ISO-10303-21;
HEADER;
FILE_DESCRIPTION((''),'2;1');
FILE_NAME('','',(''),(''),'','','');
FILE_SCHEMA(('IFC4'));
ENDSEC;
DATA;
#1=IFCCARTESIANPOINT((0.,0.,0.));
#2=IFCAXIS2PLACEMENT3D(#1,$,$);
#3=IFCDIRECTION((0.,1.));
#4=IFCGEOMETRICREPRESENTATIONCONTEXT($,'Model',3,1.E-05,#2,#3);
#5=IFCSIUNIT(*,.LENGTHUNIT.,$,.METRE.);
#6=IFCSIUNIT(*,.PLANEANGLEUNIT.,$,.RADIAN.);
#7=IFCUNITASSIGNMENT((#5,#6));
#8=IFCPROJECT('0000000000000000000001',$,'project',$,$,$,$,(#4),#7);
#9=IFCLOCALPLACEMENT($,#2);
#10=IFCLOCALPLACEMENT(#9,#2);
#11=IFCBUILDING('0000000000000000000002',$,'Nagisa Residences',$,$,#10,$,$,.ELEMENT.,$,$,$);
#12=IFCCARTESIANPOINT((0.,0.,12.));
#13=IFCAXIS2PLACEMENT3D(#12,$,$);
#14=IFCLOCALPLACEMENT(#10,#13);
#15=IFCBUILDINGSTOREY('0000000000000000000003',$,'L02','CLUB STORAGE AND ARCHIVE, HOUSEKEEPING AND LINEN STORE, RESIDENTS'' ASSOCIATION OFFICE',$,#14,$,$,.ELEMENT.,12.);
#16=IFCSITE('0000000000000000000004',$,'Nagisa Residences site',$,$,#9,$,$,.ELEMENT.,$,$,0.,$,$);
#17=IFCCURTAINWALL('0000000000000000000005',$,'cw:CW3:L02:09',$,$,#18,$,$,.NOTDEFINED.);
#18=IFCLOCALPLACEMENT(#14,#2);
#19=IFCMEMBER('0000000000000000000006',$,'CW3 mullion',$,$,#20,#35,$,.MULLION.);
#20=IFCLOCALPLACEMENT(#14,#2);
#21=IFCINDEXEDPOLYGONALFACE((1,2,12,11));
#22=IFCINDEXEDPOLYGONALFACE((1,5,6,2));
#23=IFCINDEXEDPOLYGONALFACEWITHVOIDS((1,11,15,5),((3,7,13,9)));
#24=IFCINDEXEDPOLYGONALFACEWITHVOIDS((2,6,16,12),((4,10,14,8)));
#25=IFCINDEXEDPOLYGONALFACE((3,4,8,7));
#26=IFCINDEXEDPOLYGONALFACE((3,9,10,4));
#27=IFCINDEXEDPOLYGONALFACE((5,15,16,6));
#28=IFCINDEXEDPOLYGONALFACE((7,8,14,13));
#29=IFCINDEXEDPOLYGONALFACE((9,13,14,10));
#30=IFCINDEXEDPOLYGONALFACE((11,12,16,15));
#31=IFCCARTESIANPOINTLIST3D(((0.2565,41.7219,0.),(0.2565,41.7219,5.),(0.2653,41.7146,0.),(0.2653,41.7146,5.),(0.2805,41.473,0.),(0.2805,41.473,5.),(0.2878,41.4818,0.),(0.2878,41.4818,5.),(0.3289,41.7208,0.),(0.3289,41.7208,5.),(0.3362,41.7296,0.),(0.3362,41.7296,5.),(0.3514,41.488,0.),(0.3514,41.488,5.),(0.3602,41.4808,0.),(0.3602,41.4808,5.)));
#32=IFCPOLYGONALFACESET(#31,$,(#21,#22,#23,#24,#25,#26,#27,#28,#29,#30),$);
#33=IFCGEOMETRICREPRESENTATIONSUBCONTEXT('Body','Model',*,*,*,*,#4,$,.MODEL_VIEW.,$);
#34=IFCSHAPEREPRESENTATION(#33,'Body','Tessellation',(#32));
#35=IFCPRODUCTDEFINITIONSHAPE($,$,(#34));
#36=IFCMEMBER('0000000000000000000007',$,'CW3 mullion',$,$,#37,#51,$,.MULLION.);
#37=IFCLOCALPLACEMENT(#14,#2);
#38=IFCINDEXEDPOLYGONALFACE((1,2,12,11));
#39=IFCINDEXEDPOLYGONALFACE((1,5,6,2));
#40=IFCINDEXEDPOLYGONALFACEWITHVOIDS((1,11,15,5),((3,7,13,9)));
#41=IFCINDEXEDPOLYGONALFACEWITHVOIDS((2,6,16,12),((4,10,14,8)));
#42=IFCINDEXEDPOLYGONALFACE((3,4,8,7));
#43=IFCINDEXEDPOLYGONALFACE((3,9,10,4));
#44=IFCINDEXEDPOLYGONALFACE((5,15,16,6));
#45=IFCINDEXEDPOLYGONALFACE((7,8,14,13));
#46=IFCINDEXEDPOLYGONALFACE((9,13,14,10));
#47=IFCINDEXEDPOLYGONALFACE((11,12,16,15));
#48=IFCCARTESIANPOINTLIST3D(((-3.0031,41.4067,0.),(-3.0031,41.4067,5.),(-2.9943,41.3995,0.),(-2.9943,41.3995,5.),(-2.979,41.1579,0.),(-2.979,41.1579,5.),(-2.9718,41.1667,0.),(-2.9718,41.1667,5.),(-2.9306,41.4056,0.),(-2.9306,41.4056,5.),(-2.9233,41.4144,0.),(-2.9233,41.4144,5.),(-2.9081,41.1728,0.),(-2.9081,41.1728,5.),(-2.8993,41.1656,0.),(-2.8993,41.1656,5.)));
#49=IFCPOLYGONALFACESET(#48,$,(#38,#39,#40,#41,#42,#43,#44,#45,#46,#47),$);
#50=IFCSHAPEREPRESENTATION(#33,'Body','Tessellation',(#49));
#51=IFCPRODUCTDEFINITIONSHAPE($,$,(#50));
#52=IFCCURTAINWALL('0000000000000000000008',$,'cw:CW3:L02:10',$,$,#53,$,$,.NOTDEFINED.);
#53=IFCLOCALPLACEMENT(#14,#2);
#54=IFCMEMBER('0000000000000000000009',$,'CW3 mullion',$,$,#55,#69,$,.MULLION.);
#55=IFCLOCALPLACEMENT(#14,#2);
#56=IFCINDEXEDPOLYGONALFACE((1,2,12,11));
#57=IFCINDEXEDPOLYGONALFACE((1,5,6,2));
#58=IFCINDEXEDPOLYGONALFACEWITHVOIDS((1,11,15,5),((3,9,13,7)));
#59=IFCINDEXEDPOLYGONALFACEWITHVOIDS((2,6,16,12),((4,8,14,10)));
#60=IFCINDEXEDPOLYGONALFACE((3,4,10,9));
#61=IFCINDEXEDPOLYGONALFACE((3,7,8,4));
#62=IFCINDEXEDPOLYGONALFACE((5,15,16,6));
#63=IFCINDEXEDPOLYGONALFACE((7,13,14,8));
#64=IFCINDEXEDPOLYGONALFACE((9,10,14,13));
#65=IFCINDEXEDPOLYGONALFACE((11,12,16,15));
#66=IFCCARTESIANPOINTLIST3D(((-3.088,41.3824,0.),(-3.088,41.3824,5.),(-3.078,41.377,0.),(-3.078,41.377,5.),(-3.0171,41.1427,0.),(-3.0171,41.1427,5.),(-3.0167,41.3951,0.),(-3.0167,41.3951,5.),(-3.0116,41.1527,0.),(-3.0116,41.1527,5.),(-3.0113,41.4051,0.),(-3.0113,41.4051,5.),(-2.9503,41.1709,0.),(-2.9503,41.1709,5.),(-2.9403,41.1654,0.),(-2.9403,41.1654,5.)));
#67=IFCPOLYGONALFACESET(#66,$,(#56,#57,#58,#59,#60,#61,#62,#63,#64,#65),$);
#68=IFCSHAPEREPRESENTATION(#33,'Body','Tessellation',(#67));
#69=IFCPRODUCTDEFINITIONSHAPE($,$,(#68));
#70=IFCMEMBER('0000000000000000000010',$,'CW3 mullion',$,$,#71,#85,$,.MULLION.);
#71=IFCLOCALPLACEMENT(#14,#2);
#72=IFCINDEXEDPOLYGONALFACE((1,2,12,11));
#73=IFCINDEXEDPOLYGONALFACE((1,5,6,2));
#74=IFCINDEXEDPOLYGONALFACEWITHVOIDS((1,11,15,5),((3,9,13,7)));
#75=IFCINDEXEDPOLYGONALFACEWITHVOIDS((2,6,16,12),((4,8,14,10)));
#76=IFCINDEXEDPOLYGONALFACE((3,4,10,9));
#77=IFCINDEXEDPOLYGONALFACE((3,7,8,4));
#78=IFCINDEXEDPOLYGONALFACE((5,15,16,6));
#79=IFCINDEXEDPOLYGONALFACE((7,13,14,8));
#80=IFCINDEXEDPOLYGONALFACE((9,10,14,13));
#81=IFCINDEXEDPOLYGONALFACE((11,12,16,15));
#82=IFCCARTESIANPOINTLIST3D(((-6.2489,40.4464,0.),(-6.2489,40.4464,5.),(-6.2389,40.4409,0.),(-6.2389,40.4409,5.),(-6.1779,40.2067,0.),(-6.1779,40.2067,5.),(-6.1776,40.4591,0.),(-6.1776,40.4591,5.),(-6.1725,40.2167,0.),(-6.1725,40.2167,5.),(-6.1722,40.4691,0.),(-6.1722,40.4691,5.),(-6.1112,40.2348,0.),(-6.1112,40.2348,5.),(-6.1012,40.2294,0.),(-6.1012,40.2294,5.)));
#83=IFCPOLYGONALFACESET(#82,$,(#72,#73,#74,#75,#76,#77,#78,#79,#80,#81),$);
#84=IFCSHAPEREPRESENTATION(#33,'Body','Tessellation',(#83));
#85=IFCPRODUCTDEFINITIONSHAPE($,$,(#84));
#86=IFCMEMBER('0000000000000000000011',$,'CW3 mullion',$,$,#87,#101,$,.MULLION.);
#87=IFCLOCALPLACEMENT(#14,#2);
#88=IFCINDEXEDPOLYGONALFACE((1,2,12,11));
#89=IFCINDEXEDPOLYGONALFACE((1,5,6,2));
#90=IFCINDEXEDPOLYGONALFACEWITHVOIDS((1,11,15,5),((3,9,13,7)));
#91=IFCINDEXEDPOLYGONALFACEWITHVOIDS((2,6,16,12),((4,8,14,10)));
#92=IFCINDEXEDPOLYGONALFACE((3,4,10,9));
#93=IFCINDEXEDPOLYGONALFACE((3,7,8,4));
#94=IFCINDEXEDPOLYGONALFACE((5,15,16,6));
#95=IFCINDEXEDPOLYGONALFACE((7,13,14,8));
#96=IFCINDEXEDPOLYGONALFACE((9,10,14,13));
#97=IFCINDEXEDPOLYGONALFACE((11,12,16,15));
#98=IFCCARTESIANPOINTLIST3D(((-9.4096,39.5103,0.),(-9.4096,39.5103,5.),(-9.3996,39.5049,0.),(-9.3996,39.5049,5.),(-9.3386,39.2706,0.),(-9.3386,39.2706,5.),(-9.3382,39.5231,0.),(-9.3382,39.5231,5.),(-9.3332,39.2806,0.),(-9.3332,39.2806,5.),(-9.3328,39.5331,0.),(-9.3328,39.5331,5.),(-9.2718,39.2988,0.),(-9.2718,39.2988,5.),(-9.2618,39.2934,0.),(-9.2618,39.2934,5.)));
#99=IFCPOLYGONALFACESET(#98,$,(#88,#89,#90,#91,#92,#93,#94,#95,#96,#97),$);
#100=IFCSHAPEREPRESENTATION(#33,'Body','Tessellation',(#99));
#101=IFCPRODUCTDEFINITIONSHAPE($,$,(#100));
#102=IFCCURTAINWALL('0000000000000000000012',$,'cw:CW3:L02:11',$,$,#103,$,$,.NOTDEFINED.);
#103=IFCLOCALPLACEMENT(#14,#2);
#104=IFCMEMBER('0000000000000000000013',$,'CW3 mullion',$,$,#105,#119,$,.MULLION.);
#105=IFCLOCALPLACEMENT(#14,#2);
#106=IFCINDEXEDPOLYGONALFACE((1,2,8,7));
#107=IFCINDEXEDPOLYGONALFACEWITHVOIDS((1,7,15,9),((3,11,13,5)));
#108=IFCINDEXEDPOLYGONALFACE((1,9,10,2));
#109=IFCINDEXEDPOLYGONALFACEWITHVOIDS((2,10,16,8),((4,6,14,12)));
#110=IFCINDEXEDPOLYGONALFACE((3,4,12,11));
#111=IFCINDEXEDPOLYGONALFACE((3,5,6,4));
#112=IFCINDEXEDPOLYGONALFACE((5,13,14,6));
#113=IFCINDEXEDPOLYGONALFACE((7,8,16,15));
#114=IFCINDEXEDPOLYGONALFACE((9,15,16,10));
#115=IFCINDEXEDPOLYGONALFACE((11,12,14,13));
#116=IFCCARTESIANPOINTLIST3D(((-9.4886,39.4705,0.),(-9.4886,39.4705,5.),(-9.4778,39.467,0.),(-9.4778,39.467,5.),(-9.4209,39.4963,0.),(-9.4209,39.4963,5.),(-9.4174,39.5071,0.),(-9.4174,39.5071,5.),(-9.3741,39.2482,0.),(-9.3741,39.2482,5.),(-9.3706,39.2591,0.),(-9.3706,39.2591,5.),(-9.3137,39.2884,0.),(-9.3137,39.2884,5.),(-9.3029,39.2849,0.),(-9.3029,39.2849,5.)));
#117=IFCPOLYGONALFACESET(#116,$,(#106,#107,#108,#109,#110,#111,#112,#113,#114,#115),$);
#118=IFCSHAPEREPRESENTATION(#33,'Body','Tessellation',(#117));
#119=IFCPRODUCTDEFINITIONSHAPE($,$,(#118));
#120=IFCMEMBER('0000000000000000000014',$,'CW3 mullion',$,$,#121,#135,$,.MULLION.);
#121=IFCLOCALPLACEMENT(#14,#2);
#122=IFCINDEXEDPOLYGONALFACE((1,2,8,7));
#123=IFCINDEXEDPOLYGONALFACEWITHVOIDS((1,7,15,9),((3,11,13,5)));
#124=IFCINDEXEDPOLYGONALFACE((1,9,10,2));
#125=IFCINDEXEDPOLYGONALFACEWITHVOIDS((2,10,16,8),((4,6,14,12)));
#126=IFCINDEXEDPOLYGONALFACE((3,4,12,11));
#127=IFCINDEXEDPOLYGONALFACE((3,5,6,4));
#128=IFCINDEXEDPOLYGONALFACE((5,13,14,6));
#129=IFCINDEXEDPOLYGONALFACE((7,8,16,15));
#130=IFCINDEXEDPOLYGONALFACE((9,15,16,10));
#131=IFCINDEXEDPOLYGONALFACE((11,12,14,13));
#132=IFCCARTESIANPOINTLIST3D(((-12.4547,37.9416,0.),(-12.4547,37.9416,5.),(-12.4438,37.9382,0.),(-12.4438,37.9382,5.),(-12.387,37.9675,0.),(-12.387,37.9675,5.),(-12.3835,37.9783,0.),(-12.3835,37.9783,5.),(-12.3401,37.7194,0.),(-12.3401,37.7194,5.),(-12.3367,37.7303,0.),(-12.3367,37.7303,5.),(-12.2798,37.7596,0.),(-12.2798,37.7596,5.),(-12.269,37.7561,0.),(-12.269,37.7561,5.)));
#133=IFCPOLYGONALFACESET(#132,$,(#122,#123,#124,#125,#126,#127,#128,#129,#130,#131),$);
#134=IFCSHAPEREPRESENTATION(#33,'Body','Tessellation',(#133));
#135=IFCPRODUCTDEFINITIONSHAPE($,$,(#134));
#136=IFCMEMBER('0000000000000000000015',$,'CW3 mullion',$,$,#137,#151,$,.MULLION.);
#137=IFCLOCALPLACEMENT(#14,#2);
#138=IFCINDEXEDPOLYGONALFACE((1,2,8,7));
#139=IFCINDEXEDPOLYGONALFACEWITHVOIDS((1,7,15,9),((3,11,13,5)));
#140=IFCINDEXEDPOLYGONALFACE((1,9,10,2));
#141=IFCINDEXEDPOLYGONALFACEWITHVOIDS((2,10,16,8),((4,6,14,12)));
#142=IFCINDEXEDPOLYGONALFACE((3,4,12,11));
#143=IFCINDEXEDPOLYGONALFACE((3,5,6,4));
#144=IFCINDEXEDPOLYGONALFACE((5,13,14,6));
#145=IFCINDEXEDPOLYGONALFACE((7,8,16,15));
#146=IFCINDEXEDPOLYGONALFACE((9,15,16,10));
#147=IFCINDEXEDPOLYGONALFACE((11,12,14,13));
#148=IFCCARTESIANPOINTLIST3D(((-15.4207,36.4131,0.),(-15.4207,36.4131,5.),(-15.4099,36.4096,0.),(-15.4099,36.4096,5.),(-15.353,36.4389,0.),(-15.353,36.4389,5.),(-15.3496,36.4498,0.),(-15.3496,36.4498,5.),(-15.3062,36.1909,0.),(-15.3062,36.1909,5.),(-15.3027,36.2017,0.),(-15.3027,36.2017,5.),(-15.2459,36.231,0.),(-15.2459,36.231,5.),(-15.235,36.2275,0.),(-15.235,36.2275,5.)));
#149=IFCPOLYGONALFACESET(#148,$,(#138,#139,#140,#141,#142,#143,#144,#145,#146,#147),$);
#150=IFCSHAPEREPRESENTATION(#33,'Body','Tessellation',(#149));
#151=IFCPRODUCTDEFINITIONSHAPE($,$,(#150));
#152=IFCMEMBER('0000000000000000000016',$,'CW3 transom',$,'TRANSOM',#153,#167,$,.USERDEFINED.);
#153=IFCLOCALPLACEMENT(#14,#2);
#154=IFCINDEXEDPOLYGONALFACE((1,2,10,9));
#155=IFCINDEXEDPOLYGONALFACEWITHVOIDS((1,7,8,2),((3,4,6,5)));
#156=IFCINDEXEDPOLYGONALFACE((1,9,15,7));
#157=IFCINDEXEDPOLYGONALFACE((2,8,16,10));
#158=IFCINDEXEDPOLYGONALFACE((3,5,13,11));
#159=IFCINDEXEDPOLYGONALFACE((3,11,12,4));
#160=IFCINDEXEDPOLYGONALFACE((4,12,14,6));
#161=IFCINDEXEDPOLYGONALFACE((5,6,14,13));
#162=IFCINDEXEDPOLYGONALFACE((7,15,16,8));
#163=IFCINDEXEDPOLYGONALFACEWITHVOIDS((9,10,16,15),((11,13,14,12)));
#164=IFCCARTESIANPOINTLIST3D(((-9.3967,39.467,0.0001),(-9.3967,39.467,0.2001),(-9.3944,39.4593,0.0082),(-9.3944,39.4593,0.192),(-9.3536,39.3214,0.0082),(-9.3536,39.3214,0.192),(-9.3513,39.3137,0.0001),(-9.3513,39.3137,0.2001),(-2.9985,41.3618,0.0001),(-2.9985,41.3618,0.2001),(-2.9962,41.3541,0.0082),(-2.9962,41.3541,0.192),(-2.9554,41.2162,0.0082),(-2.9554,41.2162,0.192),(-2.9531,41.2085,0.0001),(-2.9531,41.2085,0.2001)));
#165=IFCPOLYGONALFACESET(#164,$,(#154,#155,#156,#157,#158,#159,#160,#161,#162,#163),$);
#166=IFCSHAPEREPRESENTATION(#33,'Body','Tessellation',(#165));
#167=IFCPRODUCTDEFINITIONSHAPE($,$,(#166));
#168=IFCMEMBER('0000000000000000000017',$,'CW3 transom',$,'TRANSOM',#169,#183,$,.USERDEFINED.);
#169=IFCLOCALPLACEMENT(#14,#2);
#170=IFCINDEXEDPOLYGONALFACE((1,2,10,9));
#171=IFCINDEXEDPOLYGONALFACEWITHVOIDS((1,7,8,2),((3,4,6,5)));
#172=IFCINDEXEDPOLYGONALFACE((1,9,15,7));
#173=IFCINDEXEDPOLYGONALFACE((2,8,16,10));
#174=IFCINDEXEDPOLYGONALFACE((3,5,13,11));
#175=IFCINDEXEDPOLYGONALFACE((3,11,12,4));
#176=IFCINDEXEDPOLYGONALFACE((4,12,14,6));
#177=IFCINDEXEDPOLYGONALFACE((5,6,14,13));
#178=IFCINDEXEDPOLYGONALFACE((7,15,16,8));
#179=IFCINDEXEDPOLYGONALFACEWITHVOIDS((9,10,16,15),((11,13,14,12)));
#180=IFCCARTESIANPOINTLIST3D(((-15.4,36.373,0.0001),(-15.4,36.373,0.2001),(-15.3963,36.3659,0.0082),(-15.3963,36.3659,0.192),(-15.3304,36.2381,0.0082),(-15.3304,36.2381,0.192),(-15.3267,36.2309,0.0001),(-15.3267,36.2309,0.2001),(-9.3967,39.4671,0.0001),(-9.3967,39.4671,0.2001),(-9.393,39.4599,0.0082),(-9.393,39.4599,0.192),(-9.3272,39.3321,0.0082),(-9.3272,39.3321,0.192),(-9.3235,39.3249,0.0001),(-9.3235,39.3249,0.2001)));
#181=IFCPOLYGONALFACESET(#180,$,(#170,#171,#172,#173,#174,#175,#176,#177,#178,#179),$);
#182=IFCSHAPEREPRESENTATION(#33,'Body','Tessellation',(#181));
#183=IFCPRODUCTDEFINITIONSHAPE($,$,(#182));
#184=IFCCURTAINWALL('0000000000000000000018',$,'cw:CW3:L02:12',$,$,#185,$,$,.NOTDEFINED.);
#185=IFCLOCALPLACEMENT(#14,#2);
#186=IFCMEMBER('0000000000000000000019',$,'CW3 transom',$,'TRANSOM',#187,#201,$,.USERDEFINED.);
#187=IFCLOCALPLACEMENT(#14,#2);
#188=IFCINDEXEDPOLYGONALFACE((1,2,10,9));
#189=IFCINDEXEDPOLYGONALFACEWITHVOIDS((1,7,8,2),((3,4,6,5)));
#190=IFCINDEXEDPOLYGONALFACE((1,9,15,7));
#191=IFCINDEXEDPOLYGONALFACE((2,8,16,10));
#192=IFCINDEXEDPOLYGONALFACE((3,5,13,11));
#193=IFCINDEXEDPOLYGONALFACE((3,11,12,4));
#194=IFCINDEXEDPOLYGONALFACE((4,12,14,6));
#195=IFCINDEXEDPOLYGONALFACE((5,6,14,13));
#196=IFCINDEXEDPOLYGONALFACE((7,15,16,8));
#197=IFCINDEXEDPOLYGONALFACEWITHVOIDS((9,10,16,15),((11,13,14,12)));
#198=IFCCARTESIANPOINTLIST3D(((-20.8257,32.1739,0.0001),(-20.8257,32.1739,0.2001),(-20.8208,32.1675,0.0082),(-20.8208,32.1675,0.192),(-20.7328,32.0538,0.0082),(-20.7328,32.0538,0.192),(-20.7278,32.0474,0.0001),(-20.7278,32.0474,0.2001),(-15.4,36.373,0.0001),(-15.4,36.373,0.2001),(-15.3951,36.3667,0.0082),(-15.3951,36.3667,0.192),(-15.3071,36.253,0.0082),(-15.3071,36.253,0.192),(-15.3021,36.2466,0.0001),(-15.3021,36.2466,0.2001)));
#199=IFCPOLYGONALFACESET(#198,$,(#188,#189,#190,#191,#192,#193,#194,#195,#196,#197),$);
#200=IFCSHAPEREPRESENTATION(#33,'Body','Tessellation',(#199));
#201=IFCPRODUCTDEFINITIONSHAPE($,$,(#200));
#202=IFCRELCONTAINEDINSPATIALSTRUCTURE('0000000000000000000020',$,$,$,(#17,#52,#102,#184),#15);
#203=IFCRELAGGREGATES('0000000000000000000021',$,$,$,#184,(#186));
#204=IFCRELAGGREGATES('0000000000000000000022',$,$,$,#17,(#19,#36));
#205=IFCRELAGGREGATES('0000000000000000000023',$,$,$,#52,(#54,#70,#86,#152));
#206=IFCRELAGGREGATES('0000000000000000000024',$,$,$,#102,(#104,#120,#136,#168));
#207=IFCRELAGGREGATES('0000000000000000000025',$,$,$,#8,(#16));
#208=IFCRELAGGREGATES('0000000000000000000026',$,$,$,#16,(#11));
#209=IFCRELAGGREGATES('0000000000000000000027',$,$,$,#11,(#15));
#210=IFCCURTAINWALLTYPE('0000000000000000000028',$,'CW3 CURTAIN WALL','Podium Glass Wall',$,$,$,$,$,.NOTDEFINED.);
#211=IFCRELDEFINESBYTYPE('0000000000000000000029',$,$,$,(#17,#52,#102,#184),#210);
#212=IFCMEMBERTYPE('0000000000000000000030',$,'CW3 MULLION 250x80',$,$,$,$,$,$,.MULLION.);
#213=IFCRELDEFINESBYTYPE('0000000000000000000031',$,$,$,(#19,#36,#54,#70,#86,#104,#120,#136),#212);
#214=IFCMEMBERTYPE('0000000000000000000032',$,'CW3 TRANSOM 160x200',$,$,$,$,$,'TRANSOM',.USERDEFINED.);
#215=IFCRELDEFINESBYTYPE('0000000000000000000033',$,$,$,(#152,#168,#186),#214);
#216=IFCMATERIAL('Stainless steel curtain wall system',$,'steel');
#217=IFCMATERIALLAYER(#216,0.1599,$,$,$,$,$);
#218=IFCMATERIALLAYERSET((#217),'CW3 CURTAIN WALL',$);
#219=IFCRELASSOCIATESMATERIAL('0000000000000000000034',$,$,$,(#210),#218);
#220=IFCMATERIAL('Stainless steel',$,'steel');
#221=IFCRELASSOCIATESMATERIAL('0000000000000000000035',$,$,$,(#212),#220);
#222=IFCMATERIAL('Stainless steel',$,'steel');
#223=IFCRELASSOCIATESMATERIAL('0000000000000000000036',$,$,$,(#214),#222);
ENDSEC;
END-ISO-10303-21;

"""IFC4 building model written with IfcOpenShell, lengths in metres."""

from ifc_helpers import new_model, si_unit, direction, frame, origin, origin_2d, place, context, subcontext, project, spatial, hollow_rectangle, extrude, material, layer, layer_set, material_profile, profile_set, type_object, element, aggregate, save


model = new_model("IFC4")

# Units and contexts
model_context = context("Model", 3, precision=1e-05, world=origin(), true_north=direction((0.0, 1.0)))
body_context = subcontext(model_context, "Body", "Model", "MODEL_VIEW")
ifc_project = project(units=[si_unit("LENGTHUNIT", "METRE"), si_unit("PLANEANGLEUNIT", "RADIAN")], contexts=[model_context])

# Site, building, storey
site_placement = place(None, origin())
site = spatial("IfcSite", under=ifc_project, at=site_placement, Name="Nagisa Residences site", CompositionType="ELEMENT", RefElevation=0.0)
building_placement = place(site_placement, origin())
building = spatial("IfcBuilding", under=site, at=building_placement, Name="Nagisa Residences", CompositionType="ELEMENT")
storey_placement = place(building_placement, frame((0.0, 0.0, 12.0)))
storey = spatial("IfcBuildingStorey", under=building, at=storey_placement, Name="L02", Description="CLUB STORAGE AND ARCHIVE, HOUSEKEEPING AND LINEN STORE, RESIDENTS' ASSOCIATION OFFICE", CompositionType="ELEMENT", Elevation=12.0)

# Curtain walls, members
ifc_material_1 = material(Name="Stainless steel curtain wall system", Category="steel")
ifc_layer_1 = layer(ifc_material_1, 0.1599)
ifc_layer_set_1 = layer_set([ifc_layer_1], Name="CW3 CURTAIN WALL")
curtain_wall_type_1 = type_object("IfcCurtainWallType", Name="CW3 CURTAIN WALL", Description="Podium Glass Wall", PredefinedType="NOTDEFINED", material=ifc_layer_set_1)
curtain_wall_1_placement = place(storey_placement, origin())
curtain_wall_1 = element("IfcCurtainWall", 1, at=curtain_wall_1_placement, inside=storey, type_object=curtain_wall_type_1, Name="cw:CW3:L02:09", PredefinedType="NOTDEFINED")
ifc_material_2 = material(Name="Stainless steel", Category="steel")
ifc_material_profile_1 = material_profile(ifc_material_2, hollow_rectangle(XDim=0.25, YDim=0.0801, WallThickness=0.0081, at=origin_2d()), Name="CW3 MULLION 250x80")
ifc_profile_set_1 = profile_set([ifc_material_profile_1], Name="Stainless steel")
member_type_1 = type_object("IfcMemberType", Name="CW3 MULLION 250x80", PredefinedType="MULLION", material=ifc_profile_set_1)
member_1_placement = place(storey_placement, frame((0.3083, 41.6013, 0.0), z_axis=(0.0, 0.0, 1.0), x_axis=(0.096249, -0.995357, 0.0)))
member_1 = element("IfcMember", 2, at=member_1_placement, type_object=member_type_1, Name="CW3 mullion", PredefinedType="MULLION", context=body_context, shape_type="SweptSolid", body=[
    extrude(hollow_rectangle(XDim=0.25, YDim=0.0801, WallThickness=0.0081, at=origin_2d()), origin(), (0.0, 0.0, 1.0), 5.0),
])
member_2_placement = place(storey_placement, frame((-2.9512, 41.2861, 0.0), z_axis=(0.0, 0.0, 1.0), x_axis=(0.096249, -0.995357, 0.0)))
member_2 = element("IfcMember", 3, at=member_2_placement, type_object=member_type_1, Name="CW3 mullion", PredefinedType="MULLION", context=body_context, shape_type="SweptSolid", body=[
    extrude(hollow_rectangle(XDim=0.25, YDim=0.0801, WallThickness=0.0081, at=origin_2d()), origin(), (0.0, 0.0, 1.0), 5.0),
])
curtain_wall_2_placement = place(storey_placement, origin())
curtain_wall_2 = element("IfcCurtainWall", 4, at=curtain_wall_2_placement, inside=storey, type_object=curtain_wall_type_1, Name="cw:CW3:L02:10", PredefinedType="NOTDEFINED")
member_3_placement = place(storey_placement, frame((-3.0142, 41.2739, 0.0), z_axis=(0.0, 0.0, 1.0), x_axis=(0.283963, -0.958835, 0.0)))
member_3 = element("IfcMember", 5, at=member_3_placement, type_object=member_type_1, Name="CW3 mullion", PredefinedType="MULLION", context=body_context, shape_type="SweptSolid", body=[
    extrude(hollow_rectangle(XDim=0.25, YDim=0.0801, WallThickness=0.0081, at=origin_2d()), origin(), (0.0, 0.0, 1.0), 5.0),
])
member_4_placement = place(storey_placement, frame((-6.175, 40.3379, 0.0), z_axis=(0.0, 0.0, 1.0), x_axis=(0.283963, -0.958835, 0.0)))
member_4 = element("IfcMember", 6, at=member_4_placement, type_object=member_type_1, Name="CW3 mullion", PredefinedType="MULLION", context=body_context, shape_type="SweptSolid", body=[
    extrude(hollow_rectangle(XDim=0.25, YDim=0.0801, WallThickness=0.0081, at=origin_2d()), origin(), (0.0, 0.0, 1.0), 5.0),
])
member_5_placement = place(storey_placement, frame((-9.3357, 39.4019, 0.0), z_axis=(0.0, 0.0, 1.0), x_axis=(0.283963, -0.958835, 0.0)))
member_5 = element("IfcMember", 7, at=member_5_placement, type_object=member_type_1, Name="CW3 mullion", PredefinedType="MULLION", context=body_context, shape_type="SweptSolid", body=[
    extrude(hollow_rectangle(XDim=0.25, YDim=0.0801, WallThickness=0.0081, at=origin_2d()), origin(), (0.0, 0.0, 1.0), 5.0),
])
curtain_wall_3_placement = place(storey_placement, origin())
curtain_wall_3 = element("IfcCurtainWall", 8, at=curtain_wall_3_placement, inside=storey, type_object=curtain_wall_type_1, Name="cw:CW3:L02:11", PredefinedType="NOTDEFINED")
member_6_placement = place(storey_placement, frame((-9.3958, 39.3777, 0.0), z_axis=(0.0, 0.0, 1.0), x_axis=(0.458126, -0.888887, 0.0)))
member_6 = element("IfcMember", 9, at=member_6_placement, type_object=member_type_1, Name="CW3 mullion", PredefinedType="MULLION", context=body_context, shape_type="SweptSolid", body=[
    extrude(hollow_rectangle(XDim=0.25, YDim=0.0801, WallThickness=0.0081, at=origin_2d()), origin(), (0.0, 0.0, 1.0), 5.0),
])
member_7_placement = place(storey_placement, frame((-12.3618, 37.8489, 0.0), z_axis=(0.0, 0.0, 1.0), x_axis=(0.458126, -0.888887, 0.0)))
member_7 = element("IfcMember", 10, at=member_7_placement, type_object=member_type_1, Name="CW3 mullion", PredefinedType="MULLION", context=body_context, shape_type="SweptSolid", body=[
    extrude(hollow_rectangle(XDim=0.25, YDim=0.0801, WallThickness=0.0081, at=origin_2d()), origin(), (0.0, 0.0, 1.0), 5.0),
])
member_8_placement = place(storey_placement, frame((-15.3279, 36.3203, 0.0), z_axis=(0.0, 0.0, 1.0), x_axis=(0.458126, -0.888887, 0.0)))
member_8 = element("IfcMember", 11, at=member_8_placement, type_object=member_type_1, Name="CW3 mullion", PredefinedType="MULLION", context=body_context, shape_type="SweptSolid", body=[
    extrude(hollow_rectangle(XDim=0.25, YDim=0.0801, WallThickness=0.0081, at=origin_2d()), origin(), (0.0, 0.0, 1.0), 5.0),
])

# Members
ifc_material_3 = material(Name="Stainless steel", Category="steel")
ifc_material_profile_2 = material_profile(ifc_material_3, hollow_rectangle(XDim=0.1599, YDim=0.2, WallThickness=0.0081, at=origin_2d()), Name="CW3 TRANSOM 160x200")
ifc_profile_set_2 = profile_set([ifc_material_profile_2], Name="Stainless steel")
member_type_2 = type_object("IfcMemberType", Name="CW3 TRANSOM 160x200", ElementType="TRANSOM", PredefinedType="USERDEFINED", material=ifc_profile_set_2)
member_9_placement = place(storey_placement, frame((-2.9758, 41.2852, 0.1001), z_axis=(-0.958838, -0.283953, 0.0), x_axis=(0.283953, -0.958838, 0.0)))
member_9 = element("IfcMember", 12, at=member_9_placement, type_object=member_type_2, Name="CW3 transom", ObjectType="TRANSOM", PredefinedType="USERDEFINED", context=body_context, shape_type="SweptSolid", body=[
    extrude(hollow_rectangle(XDim=0.1599, YDim=0.2, WallThickness=0.0081, at=origin_2d()), origin(), (0.0, 0.0, 1.0), 6.6729),
])
member_10_placement = place(storey_placement, frame((-9.3601, 39.396, 0.1001), z_axis=(-0.888887, -0.458126, 0.0), x_axis=(0.458126, -0.888887, 0.0)))
member_10 = element("IfcMember", 13, at=member_10_placement, type_object=member_type_2, Name="CW3 transom", ObjectType="TRANSOM", PredefinedType="USERDEFINED", context=body_context, shape_type="SweptSolid", body=[
    extrude(hollow_rectangle(XDim=0.1599, YDim=0.2, WallThickness=0.0081, at=origin_2d()), origin(), (0.0, 0.0, 1.0), 6.7537),
])

# Curtain wall, member
curtain_wall_4_placement = place(storey_placement, origin())
curtain_wall_4 = element("IfcCurtainWall", 14, at=curtain_wall_4_placement, inside=storey, type_object=curtain_wall_type_1, Name="cw:CW3:L02:12", PredefinedType="NOTDEFINED")
member_11_placement = place(storey_placement, frame((-15.3511, 36.3098, 0.1001), z_axis=(-0.790821, -0.612047, 0.0), x_axis=(0.612047, -0.790821, 0.0)))
member_11 = element("IfcMember", 15, at=member_11_placement, type_object=member_type_2, Name="CW3 transom", ObjectType="TRANSOM", PredefinedType="USERDEFINED", context=body_context, shape_type="SweptSolid", body=[
    extrude(hollow_rectangle(XDim=0.1599, YDim=0.2, WallThickness=0.0081, at=origin_2d()), origin(), (0.0, 0.0, 1.0), 6.8608),
])
aggregate(curtain_wall_4, [member_11])

aggregate(curtain_wall_1, [member_1, member_2])
aggregate(curtain_wall_2, [member_3, member_4, member_5, member_9])
aggregate(curtain_wall_3, [member_6, member_7, member_8, member_10])

save(model, "model.ifc")
